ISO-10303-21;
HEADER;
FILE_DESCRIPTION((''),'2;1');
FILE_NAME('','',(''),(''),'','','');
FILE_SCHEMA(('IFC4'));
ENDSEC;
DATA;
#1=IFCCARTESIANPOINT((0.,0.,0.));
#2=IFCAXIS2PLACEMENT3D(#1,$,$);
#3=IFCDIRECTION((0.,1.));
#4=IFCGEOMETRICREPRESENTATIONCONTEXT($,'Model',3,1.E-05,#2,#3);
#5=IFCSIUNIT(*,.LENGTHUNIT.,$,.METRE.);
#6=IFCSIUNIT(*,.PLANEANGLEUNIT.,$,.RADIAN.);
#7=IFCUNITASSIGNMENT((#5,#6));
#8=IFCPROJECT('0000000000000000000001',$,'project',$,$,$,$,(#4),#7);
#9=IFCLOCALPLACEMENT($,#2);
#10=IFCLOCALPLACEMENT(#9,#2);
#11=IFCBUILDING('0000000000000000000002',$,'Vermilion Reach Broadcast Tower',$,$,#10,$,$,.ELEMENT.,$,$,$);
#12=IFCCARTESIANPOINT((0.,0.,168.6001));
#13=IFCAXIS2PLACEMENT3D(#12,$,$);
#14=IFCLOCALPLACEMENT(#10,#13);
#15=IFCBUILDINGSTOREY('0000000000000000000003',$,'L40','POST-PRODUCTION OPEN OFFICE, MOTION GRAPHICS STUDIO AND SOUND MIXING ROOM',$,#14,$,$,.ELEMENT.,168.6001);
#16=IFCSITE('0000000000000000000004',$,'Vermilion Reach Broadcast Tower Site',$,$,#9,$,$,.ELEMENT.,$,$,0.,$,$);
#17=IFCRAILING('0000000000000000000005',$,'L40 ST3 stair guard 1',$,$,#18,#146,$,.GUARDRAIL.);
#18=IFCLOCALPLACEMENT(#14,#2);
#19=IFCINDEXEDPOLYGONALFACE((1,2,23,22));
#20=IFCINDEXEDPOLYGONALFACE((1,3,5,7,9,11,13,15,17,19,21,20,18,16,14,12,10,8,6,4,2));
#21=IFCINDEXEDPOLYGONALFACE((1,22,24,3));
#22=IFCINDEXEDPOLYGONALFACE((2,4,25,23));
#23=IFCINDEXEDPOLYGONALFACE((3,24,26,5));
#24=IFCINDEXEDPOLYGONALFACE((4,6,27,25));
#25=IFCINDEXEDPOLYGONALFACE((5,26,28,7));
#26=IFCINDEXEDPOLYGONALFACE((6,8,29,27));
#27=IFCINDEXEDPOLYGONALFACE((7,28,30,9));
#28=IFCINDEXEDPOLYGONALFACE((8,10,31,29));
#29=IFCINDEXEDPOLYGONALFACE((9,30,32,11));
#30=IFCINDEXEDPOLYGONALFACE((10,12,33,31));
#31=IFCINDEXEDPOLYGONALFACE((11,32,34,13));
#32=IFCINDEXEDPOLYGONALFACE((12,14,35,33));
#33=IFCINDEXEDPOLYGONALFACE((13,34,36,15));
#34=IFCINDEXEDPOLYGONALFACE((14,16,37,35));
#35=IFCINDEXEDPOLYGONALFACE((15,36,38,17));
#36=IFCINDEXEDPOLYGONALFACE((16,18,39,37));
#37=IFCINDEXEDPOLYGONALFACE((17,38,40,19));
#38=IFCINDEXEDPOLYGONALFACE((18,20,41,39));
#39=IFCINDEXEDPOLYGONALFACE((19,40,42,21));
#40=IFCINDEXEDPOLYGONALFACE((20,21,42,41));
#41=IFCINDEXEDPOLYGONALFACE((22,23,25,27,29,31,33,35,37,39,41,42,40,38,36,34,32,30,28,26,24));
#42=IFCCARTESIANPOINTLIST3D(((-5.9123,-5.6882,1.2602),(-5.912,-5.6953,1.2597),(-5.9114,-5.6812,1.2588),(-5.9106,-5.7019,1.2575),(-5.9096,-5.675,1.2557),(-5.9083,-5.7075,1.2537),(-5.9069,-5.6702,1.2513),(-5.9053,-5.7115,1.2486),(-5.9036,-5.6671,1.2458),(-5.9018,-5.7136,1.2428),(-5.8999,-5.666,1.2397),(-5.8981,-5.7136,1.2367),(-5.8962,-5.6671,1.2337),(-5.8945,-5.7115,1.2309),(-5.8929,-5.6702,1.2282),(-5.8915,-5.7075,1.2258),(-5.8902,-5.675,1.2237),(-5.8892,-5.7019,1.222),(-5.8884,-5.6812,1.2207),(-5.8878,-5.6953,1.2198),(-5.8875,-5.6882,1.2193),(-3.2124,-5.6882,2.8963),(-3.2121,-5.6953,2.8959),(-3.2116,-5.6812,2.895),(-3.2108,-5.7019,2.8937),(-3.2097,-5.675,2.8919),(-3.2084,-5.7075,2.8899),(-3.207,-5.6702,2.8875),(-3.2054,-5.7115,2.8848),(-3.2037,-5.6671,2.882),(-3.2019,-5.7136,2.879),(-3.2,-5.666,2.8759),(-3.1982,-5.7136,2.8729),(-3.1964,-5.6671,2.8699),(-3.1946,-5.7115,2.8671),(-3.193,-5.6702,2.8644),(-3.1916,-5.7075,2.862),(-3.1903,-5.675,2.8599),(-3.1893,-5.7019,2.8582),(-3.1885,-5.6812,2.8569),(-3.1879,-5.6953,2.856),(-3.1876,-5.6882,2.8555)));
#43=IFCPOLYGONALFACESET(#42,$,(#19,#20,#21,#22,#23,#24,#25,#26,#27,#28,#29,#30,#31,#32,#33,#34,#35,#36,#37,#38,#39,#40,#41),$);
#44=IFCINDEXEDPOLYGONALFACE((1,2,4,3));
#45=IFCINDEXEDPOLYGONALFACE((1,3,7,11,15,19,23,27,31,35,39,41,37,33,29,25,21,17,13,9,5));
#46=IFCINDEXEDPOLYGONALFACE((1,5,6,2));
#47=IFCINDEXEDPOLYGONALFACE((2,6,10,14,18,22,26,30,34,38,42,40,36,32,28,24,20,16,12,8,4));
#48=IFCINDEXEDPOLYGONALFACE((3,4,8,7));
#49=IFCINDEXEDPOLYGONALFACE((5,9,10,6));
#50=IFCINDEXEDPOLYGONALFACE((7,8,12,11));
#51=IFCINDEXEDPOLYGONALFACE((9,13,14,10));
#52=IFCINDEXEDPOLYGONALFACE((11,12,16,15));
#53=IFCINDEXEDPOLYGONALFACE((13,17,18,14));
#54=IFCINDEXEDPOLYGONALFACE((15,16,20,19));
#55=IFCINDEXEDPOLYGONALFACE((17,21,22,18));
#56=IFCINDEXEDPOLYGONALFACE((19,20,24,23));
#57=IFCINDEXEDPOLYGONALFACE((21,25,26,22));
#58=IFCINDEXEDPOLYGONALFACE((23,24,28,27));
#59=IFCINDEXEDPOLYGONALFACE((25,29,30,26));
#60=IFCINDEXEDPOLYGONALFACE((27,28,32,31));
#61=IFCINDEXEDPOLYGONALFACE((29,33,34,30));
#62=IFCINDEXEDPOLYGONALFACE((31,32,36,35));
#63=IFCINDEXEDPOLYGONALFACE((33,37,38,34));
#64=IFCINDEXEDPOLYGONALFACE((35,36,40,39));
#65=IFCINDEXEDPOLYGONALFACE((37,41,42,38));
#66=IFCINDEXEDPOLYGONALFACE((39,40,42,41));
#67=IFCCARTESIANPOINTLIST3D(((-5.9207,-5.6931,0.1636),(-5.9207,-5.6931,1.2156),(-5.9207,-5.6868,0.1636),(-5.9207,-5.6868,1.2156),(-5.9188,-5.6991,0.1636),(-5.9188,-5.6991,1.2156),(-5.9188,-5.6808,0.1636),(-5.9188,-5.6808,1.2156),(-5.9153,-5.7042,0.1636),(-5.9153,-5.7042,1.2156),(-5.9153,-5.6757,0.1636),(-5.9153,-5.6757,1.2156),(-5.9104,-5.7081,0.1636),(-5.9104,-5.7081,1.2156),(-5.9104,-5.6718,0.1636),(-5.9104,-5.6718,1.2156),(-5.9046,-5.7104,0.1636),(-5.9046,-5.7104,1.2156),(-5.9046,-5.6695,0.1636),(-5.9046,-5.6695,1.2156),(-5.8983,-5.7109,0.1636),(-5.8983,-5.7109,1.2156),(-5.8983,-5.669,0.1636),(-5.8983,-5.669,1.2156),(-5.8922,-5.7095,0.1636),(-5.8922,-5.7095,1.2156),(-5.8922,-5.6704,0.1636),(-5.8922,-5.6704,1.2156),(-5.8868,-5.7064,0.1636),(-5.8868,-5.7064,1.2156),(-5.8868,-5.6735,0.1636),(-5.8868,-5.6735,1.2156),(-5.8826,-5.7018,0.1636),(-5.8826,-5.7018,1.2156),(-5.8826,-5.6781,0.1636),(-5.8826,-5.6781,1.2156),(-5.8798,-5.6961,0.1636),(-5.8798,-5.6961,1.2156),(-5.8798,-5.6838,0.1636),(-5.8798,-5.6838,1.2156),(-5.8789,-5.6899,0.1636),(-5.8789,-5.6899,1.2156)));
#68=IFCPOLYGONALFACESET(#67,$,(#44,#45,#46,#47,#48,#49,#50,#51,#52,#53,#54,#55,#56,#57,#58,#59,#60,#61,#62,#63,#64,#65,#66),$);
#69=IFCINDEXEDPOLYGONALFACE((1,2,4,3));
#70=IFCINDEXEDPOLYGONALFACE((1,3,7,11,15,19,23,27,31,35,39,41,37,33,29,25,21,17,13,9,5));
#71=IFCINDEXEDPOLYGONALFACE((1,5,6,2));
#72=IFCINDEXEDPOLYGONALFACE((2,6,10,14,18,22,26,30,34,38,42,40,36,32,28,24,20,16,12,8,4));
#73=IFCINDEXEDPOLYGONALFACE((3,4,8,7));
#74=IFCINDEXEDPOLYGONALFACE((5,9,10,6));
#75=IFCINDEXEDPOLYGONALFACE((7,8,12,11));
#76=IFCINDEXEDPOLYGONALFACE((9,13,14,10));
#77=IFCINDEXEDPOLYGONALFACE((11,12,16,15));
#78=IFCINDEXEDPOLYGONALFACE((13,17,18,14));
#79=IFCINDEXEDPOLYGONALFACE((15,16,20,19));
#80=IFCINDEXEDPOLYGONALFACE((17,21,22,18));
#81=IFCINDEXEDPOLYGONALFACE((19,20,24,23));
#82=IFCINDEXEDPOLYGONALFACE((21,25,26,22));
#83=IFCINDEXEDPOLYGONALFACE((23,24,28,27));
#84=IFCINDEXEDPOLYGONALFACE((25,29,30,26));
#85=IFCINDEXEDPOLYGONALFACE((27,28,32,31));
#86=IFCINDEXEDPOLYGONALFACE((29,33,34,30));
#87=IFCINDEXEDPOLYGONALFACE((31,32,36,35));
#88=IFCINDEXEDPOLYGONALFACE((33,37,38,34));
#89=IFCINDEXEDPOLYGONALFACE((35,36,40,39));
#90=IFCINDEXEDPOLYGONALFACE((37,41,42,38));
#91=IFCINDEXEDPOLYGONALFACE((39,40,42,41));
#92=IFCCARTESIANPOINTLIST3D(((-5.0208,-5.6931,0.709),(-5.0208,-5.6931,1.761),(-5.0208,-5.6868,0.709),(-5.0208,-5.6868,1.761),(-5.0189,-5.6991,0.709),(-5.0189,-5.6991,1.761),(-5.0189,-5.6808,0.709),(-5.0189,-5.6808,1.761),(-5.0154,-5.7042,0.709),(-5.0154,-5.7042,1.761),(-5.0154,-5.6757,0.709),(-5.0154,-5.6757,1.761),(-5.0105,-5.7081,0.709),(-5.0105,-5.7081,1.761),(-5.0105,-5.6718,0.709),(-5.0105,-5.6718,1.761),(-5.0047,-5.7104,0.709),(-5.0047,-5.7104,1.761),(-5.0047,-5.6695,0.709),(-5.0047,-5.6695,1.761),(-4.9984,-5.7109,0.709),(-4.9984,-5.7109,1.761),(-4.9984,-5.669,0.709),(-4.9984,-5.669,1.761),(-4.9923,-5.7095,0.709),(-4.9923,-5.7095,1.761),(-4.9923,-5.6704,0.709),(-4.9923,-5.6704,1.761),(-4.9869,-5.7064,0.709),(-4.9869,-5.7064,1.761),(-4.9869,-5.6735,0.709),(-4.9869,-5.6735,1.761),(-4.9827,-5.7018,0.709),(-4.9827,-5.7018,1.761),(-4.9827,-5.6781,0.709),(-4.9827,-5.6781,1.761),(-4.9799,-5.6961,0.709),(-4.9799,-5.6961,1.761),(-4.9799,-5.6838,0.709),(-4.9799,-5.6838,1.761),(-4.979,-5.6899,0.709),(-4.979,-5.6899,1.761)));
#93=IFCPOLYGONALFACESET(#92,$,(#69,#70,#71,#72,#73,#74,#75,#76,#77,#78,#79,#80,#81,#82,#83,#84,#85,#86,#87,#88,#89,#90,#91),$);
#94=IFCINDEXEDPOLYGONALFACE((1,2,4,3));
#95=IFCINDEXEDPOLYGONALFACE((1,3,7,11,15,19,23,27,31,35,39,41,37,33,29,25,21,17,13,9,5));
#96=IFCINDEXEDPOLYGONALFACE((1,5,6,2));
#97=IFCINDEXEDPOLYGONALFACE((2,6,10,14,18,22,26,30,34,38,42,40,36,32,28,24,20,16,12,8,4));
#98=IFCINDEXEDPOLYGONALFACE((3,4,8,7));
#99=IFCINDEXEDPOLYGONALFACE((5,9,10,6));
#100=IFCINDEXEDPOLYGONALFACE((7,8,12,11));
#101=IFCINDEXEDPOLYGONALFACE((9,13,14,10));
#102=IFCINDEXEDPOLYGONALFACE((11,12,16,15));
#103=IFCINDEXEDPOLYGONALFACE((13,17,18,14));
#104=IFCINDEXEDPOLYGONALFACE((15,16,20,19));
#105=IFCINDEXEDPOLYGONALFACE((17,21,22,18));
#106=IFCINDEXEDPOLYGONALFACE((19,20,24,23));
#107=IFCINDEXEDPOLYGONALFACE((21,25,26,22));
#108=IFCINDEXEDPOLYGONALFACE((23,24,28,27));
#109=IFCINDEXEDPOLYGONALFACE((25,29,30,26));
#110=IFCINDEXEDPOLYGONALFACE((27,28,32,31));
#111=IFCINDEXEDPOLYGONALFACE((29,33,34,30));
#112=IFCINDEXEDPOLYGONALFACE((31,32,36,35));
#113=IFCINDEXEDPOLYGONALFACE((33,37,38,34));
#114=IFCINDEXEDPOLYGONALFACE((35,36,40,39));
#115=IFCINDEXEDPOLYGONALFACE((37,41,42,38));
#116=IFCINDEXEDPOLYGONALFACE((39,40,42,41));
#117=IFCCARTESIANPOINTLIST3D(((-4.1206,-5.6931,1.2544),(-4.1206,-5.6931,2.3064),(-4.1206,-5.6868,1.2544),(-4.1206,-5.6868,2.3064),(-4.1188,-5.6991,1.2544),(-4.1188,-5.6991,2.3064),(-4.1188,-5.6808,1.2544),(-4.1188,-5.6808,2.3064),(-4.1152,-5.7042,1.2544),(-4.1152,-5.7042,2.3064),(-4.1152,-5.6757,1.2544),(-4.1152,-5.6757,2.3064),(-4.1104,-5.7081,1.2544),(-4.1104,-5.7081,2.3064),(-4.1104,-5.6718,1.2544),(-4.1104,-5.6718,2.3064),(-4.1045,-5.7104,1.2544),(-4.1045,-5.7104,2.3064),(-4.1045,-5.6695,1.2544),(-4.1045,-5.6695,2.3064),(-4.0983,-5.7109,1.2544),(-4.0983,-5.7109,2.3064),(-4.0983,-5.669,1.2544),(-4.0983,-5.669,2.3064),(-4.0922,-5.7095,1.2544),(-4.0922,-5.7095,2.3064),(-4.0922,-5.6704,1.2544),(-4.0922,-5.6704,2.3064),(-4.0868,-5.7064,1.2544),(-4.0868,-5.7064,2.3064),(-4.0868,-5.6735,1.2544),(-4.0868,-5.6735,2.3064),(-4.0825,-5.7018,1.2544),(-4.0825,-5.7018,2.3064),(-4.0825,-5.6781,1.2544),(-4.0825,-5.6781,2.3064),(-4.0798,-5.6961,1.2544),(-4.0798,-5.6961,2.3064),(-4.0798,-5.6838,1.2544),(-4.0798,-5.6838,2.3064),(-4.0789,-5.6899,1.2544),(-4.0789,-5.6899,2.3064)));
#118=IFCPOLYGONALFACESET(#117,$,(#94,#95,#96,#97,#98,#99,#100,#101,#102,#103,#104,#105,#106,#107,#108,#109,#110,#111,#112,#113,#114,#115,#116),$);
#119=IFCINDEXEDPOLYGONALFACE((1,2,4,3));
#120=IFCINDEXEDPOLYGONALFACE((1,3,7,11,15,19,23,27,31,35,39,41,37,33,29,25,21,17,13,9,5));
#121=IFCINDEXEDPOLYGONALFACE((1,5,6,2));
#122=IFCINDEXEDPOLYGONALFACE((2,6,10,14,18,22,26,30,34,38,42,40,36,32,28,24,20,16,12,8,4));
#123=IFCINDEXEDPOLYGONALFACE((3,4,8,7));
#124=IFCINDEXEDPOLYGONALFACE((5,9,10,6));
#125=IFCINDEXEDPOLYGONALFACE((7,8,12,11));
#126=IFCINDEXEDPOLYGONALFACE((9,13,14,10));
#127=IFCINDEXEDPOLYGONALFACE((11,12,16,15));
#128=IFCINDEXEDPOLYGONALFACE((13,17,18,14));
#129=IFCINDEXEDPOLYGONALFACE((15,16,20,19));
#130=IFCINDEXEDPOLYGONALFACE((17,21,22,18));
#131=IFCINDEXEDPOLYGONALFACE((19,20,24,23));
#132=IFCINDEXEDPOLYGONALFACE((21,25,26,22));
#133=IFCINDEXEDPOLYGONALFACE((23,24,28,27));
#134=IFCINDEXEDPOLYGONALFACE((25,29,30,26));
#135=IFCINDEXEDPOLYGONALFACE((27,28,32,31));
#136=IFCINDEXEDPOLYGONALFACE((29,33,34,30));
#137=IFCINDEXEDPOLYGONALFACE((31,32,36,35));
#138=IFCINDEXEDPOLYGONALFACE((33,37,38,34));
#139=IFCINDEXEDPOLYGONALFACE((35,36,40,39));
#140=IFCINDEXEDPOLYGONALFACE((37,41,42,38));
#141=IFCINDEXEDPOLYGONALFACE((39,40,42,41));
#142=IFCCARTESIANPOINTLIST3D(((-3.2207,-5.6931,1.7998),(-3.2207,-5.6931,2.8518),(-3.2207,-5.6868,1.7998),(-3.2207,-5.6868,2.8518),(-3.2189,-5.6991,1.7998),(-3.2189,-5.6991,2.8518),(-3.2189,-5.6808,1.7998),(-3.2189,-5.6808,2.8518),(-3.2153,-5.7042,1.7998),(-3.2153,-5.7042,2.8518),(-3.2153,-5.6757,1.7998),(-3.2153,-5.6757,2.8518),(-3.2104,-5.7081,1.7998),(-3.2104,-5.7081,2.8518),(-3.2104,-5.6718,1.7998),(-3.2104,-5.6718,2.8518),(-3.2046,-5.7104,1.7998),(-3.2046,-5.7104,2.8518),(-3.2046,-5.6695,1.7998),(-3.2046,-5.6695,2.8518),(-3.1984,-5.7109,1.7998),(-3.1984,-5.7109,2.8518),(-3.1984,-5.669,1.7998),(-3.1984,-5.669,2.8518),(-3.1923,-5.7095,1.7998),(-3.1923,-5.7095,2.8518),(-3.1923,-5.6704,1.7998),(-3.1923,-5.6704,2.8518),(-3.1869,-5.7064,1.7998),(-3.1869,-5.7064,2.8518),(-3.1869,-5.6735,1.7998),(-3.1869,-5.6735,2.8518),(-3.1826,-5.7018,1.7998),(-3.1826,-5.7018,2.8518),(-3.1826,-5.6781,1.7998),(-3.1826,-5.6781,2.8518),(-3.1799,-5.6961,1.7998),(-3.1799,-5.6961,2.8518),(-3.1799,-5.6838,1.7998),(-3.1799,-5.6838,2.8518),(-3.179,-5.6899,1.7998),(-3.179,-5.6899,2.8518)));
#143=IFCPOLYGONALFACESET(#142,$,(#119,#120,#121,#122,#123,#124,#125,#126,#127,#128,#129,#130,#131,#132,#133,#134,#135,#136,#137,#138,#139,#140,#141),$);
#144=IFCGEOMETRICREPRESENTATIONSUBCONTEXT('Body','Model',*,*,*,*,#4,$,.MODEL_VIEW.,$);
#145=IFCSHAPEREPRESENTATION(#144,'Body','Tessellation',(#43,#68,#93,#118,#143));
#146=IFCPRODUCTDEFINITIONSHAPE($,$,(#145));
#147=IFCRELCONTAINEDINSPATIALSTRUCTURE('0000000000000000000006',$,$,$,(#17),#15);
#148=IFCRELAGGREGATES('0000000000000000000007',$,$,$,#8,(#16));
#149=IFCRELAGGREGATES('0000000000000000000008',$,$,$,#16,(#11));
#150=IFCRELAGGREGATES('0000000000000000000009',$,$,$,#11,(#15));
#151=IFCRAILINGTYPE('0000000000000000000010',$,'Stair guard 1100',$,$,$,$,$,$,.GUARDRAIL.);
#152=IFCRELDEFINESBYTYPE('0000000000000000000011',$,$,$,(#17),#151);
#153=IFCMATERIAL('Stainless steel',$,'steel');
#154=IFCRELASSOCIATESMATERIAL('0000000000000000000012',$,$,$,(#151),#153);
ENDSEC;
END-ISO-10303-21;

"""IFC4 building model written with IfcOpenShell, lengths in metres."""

from ifc_helpers import new_model, si_unit, direction, frame, origin, origin_2d, place, context, subcontext, project, spatial, circle, extrude, material, type_object, element, save


model = new_model("IFC4")

# Units and contexts
model_context = context("Model", 3, precision=1e-05, world=origin(), true_north=direction((0.0, 1.0)))
body_context = subcontext(model_context, "Body", "Model", "MODEL_VIEW")
ifc_project = project(units=[si_unit("LENGTHUNIT", "METRE"), si_unit("PLANEANGLEUNIT", "RADIAN")], contexts=[model_context])

# Site, building, storey
site_placement = place(None, origin())
site = spatial("IfcSite", under=ifc_project, at=site_placement, Name="Vermilion Reach Broadcast Tower Site", CompositionType="ELEMENT", RefElevation=0.0)
building_placement = place(site_placement, origin())
building = spatial("IfcBuilding", under=site, at=building_placement, Name="Vermilion Reach Broadcast Tower", CompositionType="ELEMENT")
storey_placement = place(building_placement, frame((0.0, 0.0, 168.6001)))
storey = spatial("IfcBuildingStorey", under=building, at=storey_placement, Name="L40", Description="POST-PRODUCTION OPEN OFFICE, MOTION GRAPHICS STUDIO AND SOUND MIXING ROOM", CompositionType="ELEMENT", Elevation=168.6001)

# Railing
ifc_material_1 = material(Name="Stainless steel", Category="steel")
railing_type_1 = type_object("IfcRailingType", Name="Stair guard 1100", PredefinedType="GUARDRAIL", material=ifc_material_1)
railing_1_placement = place(storey_placement, frame((-5.8999, -5.6899, 0.1636)))
element("IfcRailing", 1, at=railing_1_placement, inside=storey, type_object=railing_type_1, Name="L40 ST3 stair guard 1", PredefinedType="GUARDRAIL", context=body_context, shape_type="SweptSolid", body=[
    extrude(circle(Radius=0.0239, at=origin_2d()), frame((0.0, 0.0, 1.0762), z_axis=(0.855212, 0.0, 0.518278), x_axis=(0.0, 1.0, 0.0)), (0.0, 0.0, 1.0), 3.157),
    extrude(circle(Radius=0.021, at=origin_2d()), origin(), (0.0, 0.0, 1.0), 1.052),
    extrude(circle(Radius=0.021, at=origin_2d()), frame((0.8999, 0.0, 0.5454)), (0.0, 0.0, 1.0), 1.052),
    extrude(circle(Radius=0.021, at=origin_2d()), frame((1.8, 0.0, 1.0908)), (0.0, 0.0, 1.0), 1.052),
    extrude(circle(Radius=0.021, at=origin_2d()), frame((2.7, 0.0, 1.6362)), (0.0, 0.0, 1.0), 1.052),
])

save(model, "model.ifc")
